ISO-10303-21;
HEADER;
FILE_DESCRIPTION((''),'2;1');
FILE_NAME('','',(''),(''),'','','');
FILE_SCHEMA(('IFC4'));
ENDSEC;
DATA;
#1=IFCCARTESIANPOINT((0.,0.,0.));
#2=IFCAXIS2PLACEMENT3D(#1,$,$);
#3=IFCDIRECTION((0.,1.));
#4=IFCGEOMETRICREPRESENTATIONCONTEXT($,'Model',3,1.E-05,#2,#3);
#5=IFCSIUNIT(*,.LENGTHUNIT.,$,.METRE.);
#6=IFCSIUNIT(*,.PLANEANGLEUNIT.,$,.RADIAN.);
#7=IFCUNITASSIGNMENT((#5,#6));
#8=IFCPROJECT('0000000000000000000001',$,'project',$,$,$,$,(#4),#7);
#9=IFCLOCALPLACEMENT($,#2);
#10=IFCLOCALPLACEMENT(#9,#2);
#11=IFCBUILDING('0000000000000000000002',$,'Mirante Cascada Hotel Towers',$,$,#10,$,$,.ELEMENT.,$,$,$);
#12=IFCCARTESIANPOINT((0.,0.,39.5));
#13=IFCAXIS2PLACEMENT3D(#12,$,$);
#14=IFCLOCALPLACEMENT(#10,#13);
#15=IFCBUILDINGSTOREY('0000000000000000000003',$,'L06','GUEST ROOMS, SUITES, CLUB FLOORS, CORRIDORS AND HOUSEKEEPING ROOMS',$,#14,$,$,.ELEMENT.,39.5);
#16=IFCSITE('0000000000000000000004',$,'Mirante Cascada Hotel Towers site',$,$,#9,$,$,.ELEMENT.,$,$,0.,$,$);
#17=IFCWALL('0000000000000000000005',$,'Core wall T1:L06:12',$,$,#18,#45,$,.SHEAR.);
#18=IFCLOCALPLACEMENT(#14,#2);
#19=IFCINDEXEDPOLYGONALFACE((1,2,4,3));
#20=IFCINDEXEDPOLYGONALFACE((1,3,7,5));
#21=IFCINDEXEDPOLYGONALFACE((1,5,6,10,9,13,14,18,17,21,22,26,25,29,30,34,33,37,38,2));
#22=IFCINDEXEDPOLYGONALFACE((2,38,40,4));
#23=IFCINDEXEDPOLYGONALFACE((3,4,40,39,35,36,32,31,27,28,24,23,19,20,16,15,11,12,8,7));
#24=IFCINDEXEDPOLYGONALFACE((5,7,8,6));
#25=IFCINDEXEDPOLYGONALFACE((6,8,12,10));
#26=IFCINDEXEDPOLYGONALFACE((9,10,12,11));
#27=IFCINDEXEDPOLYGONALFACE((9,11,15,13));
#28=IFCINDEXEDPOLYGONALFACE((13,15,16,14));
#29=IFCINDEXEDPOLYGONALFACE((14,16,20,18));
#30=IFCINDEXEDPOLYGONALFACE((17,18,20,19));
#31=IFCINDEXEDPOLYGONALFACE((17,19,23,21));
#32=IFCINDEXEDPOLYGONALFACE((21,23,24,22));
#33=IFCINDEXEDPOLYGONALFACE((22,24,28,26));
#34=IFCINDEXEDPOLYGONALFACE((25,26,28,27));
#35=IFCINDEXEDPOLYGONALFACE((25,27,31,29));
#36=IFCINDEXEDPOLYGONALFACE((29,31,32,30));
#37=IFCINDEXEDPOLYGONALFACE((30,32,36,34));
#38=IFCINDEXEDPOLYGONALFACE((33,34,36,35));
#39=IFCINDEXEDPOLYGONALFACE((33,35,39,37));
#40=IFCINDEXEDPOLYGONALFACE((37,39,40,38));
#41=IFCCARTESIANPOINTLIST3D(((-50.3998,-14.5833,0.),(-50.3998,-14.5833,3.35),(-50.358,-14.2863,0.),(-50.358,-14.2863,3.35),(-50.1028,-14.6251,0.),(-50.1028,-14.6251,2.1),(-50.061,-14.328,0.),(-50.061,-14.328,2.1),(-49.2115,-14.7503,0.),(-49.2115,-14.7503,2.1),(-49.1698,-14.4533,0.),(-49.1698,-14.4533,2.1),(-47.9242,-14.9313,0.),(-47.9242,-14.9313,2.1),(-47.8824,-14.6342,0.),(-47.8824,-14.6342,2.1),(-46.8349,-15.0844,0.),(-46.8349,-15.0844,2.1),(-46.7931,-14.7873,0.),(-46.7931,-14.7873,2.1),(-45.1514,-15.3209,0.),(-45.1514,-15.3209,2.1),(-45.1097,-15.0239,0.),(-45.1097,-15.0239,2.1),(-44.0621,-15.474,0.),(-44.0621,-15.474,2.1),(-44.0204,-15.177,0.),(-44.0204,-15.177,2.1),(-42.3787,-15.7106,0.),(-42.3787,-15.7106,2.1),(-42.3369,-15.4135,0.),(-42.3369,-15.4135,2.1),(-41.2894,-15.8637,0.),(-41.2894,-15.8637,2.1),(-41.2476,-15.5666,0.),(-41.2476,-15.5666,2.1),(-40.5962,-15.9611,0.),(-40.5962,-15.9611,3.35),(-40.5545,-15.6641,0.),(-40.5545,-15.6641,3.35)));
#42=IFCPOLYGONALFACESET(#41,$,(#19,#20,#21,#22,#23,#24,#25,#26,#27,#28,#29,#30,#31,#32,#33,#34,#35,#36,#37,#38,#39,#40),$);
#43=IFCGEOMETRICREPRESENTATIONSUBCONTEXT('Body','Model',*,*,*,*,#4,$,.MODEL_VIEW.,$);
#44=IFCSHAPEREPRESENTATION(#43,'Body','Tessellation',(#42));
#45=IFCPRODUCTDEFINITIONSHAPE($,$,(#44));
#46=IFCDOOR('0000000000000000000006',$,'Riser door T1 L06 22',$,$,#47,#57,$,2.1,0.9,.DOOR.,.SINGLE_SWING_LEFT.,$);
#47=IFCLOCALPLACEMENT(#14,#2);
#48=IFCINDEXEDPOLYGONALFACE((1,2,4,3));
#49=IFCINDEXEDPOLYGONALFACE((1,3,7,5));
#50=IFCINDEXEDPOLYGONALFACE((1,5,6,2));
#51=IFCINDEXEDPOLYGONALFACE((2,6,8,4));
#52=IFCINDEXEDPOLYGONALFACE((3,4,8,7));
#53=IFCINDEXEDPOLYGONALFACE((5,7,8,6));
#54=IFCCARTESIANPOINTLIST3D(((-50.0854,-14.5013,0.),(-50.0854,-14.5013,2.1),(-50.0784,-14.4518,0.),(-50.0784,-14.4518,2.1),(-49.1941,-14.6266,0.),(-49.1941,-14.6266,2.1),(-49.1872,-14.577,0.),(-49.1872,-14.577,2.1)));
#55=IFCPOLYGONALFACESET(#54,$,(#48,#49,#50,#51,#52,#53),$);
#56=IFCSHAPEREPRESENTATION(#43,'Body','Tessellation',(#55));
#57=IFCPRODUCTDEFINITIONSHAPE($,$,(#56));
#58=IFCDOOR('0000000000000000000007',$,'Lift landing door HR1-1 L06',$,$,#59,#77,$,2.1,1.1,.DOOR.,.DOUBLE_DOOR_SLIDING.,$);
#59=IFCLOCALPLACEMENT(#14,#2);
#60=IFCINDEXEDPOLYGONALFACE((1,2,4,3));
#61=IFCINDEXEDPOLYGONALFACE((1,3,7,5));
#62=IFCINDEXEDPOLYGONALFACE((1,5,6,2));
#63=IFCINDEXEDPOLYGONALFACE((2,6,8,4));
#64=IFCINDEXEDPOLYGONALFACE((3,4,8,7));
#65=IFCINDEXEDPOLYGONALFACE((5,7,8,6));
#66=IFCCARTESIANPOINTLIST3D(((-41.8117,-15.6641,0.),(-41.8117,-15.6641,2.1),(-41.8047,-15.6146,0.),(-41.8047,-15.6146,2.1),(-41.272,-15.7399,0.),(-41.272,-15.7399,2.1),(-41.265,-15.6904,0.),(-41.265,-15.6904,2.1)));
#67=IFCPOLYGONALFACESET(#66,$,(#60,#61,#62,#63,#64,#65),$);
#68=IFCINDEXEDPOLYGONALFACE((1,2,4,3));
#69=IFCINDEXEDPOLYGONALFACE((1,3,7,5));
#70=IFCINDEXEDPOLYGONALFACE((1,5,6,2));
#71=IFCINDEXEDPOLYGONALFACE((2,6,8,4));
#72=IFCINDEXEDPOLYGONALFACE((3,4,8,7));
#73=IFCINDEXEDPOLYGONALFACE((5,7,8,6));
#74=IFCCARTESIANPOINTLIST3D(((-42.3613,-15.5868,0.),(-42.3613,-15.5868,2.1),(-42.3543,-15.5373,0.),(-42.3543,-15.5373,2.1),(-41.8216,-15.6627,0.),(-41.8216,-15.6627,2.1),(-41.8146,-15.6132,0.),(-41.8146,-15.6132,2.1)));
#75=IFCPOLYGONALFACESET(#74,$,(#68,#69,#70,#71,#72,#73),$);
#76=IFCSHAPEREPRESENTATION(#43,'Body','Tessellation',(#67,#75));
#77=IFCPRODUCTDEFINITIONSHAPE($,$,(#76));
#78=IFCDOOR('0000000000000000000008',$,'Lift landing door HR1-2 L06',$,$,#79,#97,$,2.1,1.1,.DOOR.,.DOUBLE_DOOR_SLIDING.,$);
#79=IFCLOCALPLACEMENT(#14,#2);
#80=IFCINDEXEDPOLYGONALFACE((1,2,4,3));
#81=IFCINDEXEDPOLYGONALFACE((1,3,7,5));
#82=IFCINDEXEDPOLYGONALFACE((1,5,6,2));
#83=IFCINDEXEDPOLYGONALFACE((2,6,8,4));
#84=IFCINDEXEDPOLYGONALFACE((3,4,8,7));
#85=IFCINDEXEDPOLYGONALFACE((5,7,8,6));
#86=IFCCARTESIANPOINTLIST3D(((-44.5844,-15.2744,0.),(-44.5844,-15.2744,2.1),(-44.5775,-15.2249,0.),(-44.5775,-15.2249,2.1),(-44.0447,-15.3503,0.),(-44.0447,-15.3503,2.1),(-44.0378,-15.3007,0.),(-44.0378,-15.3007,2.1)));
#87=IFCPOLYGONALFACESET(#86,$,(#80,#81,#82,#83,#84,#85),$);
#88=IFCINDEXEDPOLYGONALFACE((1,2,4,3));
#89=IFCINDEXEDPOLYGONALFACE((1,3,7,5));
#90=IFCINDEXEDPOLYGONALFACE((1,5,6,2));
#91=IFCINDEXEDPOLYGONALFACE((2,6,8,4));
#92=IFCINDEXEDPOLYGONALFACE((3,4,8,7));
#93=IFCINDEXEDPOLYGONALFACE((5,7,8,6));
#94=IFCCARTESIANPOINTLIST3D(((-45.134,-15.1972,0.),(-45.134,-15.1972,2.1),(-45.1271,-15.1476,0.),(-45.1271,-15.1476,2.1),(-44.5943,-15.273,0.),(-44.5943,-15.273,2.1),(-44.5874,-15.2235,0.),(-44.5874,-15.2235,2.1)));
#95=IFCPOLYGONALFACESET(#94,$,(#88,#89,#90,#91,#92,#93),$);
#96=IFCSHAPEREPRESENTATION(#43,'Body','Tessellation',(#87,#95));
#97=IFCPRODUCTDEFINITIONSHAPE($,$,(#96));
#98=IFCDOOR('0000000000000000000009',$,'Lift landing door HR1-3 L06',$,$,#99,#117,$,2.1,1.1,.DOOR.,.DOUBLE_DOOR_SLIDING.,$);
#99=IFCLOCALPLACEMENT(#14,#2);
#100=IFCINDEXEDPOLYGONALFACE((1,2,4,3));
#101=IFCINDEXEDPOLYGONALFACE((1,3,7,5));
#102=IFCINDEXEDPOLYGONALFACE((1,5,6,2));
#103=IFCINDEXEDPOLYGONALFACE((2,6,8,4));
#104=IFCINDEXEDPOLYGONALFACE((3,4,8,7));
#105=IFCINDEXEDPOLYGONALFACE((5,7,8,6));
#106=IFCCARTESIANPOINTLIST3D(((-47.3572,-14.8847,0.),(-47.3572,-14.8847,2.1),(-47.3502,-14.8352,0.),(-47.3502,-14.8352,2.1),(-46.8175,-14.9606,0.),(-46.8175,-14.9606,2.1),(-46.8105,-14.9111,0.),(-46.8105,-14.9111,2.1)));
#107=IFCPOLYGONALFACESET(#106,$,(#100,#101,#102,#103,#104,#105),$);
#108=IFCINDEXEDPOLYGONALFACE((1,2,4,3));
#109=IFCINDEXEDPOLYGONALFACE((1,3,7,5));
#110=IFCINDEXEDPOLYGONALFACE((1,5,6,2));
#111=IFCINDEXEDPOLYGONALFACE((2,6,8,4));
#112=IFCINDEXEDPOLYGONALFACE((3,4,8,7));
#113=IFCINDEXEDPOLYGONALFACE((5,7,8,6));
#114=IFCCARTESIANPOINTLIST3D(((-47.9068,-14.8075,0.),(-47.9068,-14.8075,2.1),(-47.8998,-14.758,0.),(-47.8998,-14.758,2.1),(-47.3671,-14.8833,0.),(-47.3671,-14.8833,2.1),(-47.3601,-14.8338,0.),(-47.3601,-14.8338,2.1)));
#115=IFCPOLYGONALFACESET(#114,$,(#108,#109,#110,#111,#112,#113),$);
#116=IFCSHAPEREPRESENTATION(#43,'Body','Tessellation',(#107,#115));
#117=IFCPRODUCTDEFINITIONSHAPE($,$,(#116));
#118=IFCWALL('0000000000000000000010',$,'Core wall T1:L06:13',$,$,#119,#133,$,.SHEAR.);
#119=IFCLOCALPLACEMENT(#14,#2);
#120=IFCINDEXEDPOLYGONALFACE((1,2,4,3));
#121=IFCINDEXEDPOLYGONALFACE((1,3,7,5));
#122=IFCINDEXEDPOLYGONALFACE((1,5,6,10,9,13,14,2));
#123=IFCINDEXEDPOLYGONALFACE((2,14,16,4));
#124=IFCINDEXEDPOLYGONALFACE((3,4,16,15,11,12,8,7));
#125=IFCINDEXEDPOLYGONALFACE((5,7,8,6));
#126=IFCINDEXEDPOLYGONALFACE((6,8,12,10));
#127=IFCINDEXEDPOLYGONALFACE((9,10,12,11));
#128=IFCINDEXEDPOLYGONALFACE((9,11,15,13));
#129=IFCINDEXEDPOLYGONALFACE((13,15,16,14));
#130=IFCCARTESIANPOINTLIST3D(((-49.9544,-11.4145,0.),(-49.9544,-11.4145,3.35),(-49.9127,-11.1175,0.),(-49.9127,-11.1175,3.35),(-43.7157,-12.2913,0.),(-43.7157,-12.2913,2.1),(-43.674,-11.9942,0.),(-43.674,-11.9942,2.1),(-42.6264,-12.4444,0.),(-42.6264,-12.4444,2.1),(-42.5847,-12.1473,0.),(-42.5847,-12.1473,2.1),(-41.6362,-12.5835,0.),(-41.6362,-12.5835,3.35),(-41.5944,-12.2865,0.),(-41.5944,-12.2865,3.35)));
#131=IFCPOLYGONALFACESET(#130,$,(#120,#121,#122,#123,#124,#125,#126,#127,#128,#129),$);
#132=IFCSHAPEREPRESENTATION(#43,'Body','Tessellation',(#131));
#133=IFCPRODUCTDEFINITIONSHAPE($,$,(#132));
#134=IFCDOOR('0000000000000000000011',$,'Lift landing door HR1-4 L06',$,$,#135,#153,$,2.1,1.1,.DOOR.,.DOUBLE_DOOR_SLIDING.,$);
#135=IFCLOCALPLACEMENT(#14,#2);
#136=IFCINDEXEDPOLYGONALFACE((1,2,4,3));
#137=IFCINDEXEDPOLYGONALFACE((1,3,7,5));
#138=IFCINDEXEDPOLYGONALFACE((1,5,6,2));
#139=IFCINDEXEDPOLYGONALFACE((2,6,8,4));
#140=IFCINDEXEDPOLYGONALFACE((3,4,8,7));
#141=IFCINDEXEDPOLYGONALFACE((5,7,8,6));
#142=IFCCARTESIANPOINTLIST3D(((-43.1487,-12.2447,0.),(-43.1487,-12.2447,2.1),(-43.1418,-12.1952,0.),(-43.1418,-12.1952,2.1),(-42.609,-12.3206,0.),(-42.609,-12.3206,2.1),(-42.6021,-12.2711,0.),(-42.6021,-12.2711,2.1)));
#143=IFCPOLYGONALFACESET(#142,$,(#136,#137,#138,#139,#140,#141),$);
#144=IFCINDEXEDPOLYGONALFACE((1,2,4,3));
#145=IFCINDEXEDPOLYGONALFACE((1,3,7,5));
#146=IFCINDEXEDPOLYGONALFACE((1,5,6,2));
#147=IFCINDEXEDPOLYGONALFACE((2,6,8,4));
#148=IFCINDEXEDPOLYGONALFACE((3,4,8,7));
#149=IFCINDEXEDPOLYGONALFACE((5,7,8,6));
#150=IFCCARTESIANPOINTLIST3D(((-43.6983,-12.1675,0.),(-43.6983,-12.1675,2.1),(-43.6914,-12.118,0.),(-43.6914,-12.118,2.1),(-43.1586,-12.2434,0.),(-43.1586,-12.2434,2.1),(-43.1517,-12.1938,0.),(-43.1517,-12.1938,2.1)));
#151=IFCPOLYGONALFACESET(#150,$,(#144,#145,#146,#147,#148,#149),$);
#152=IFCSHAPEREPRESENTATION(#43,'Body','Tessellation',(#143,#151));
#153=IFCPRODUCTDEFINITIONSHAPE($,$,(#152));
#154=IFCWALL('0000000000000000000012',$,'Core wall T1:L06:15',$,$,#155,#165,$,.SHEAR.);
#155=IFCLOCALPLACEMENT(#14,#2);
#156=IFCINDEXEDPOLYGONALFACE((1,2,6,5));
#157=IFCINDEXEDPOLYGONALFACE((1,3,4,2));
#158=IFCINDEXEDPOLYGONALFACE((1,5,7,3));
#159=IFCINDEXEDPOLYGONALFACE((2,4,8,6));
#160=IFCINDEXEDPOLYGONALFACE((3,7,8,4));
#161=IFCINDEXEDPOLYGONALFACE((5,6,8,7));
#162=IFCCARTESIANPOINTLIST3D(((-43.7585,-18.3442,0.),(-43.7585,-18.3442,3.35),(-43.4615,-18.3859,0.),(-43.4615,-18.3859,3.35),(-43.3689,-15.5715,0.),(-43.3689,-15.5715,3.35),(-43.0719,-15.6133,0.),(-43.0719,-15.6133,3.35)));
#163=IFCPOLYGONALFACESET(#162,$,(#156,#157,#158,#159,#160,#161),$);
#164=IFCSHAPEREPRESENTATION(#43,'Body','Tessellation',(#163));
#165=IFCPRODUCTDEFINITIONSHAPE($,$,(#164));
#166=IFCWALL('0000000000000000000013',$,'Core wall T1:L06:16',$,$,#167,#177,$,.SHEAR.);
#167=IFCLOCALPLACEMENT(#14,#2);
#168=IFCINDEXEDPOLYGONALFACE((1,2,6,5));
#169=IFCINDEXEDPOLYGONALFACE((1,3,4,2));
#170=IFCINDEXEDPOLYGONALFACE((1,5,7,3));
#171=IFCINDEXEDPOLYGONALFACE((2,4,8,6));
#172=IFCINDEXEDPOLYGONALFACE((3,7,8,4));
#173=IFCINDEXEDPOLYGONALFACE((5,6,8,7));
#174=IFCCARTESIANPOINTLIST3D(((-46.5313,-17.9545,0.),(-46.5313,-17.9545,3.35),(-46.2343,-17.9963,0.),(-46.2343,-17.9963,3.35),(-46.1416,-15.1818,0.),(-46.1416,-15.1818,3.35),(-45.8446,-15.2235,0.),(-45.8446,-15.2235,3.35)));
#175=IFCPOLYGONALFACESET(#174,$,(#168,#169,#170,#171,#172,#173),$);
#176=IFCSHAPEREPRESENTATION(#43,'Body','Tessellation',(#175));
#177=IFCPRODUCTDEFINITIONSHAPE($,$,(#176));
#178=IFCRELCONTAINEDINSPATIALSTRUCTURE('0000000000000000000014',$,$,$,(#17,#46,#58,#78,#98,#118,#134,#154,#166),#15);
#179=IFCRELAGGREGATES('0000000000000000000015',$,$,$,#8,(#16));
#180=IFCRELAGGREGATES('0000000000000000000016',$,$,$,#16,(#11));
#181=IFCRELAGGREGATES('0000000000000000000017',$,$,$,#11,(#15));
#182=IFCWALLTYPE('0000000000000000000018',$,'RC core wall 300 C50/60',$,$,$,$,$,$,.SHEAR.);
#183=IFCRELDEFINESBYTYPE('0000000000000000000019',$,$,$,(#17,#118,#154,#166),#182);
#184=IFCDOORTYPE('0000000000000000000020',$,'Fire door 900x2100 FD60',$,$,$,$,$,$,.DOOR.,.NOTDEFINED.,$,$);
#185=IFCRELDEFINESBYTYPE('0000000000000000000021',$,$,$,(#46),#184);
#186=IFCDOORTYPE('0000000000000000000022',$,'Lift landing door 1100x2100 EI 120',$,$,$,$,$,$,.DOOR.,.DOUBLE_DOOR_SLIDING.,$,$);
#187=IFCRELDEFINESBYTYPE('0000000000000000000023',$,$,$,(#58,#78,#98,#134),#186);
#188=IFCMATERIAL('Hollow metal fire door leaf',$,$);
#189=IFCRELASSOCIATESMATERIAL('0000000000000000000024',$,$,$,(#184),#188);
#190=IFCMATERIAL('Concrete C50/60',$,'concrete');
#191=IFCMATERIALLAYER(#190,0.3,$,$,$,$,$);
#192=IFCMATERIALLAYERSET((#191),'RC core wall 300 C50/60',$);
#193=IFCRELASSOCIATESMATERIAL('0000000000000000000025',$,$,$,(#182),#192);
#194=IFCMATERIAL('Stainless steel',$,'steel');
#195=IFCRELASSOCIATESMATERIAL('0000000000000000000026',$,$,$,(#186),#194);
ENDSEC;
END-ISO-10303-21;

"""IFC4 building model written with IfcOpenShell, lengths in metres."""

from ifc_helpers import new_model, si_unit, direction, frame, frame_2d, origin, place, context, subcontext, project, spatial, rectangle, extrude, material, layer, layer_set, type_object, element, fill, save


model = new_model("IFC4")

# Units and contexts
model_context = context("Model", 3, precision=1e-05, world=origin(), true_north=direction((0.0, 1.0)))
body_context = subcontext(model_context, "Body", "Model", "MODEL_VIEW")
ifc_project = project(units=[si_unit("LENGTHUNIT", "METRE"), si_unit("PLANEANGLEUNIT", "RADIAN")], contexts=[model_context])

# Site, building, storey
site_placement = place(None, origin())
site = spatial("IfcSite", under=ifc_project, at=site_placement, Name="Mirante Cascada Hotel Towers site", CompositionType="ELEMENT", RefElevation=0.0)
building_placement = place(site_placement, origin())
building = spatial("IfcBuilding", under=site, at=building_placement, Name="Mirante Cascada Hotel Towers", CompositionType="ELEMENT")
storey_placement = place(building_placement, frame((0.0, 0.0, 39.5)))
storey = spatial("IfcBuildingStorey", under=building, at=storey_placement, Name="L06", Description="GUEST ROOMS, SUITES, CLUB FLOORS, CORRIDORS AND HOUSEKEEPING ROOMS", CompositionType="ELEMENT", Elevation=39.5)

# Shared definitions
ifc_material_1 = material(Name="Hollow metal fire door leaf")
door_type_1 = type_object("IfcDoorType", Name="Fire door 900x2100 FD60", OperationType="NOTDEFINED", PredefinedType="DOOR", material=ifc_material_1)

# Shared definitions
ifc_material_2 = material(Name="Concrete C50/60", Category="concrete")
ifc_layer_1 = layer(ifc_material_2, 0.3)
ifc_layer_set_1 = layer_set([ifc_layer_1], Name="RC core wall 300 C50/60")
wall_type_1 = type_object("IfcWallType", Name="RC core wall 300 C50/60", PredefinedType="SHEAR", material=ifc_layer_set_1)

# Wall, openings, doors
wall_1_placement = place(storey_placement, frame((-40.5753, -15.8126, 0.0), z_axis=(0.0, 0.0, 1.0), x_axis=(-0.990268, 0.139173, 0.0)))
wall_1 = element("IfcWall", 1, at=wall_1_placement, inside=storey, type_object=wall_type_1, Name="Core wall T1:L06:12", PredefinedType="SHEAR", context=body_context, shape_type="SweptSolid", body=[
    extrude(rectangle(XDim=9.8999, YDim=0.3, at=frame_2d((4.95, 0.0))), origin(), (0.0, 0.0, 1.0), 3.35),
])
opening_1_placement = place(wall_1_placement, frame((0.7, 0.0, 0.0)))
opening_1 = element("IfcOpeningElement", 2, at=opening_1_placement, cuts=wall_1, PredefinedType="OPENING", context=body_context, shape_type="SweptSolid", body=[
    extrude(rectangle(XDim=1.1, YDim=2.1, at=frame_2d((0.55, 1.05))), frame((0.0, 0.15, 0.0), z_axis=(0.0, -1.0, 0.0), x_axis=(1.0, 0.0, 0.0)), (0.0, 0.0, 1.0), 0.3),
])
opening_2_placement = place(wall_1_placement, frame((3.5, 0.0, 0.0)))
opening_2 = element("IfcOpeningElement", 3, at=opening_2_placement, cuts=wall_1, PredefinedType="OPENING", context=body_context, shape_type="SweptSolid", body=[
    extrude(rectangle(XDim=1.1, YDim=2.1, at=frame_2d((0.55, 1.05))), frame((0.0, 0.15, 0.0), z_axis=(0.0, -1.0, 0.0), x_axis=(1.0, 0.0, 0.0)), (0.0, 0.0, 1.0), 0.3),
])
opening_3_placement = place(wall_1_placement, frame((6.3, 0.0, 0.0)))
opening_3 = element("IfcOpeningElement", 4, at=opening_3_placement, cuts=wall_1, PredefinedType="OPENING", context=body_context, shape_type="SweptSolid", body=[
    extrude(rectangle(XDim=1.1, YDim=2.1, at=frame_2d((0.55, 1.05))), frame((0.0, 0.15, 0.0), z_axis=(0.0, -1.0, 0.0), x_axis=(1.0, 0.0, 0.0)), (0.0, 0.0, 1.0), 0.3),
])
opening_4_placement = place(wall_1_placement, frame((8.7, 0.0, 0.0)))
opening_4 = element("IfcOpeningElement", 5, at=opening_4_placement, cuts=wall_1, PredefinedType="OPENING", context=body_context, shape_type="SweptSolid", body=[
    extrude(rectangle(XDim=0.9, YDim=2.1, at=frame_2d((0.45, 1.05))), frame((0.0, 0.15, 0.0), z_axis=(0.0, -1.0, 0.0), x_axis=(1.0, 0.0, 0.0)), (0.0, 0.0, 1.0), 0.3),
])
door_1_placement = place(opening_4_placement, origin())
door_1 = element("IfcDoor", 6, at=door_1_placement, inside=storey, type_object=door_type_1, Name="Riser door T1 L06 22", OperationType="SINGLE_SWING_LEFT", OverallHeight=2.1, OverallWidth=0.9, PredefinedType="DOOR", context=body_context, shape_type="SweptSolid", body=[
    extrude(rectangle(XDim=0.9, YDim=2.1, at=frame_2d((0.45, 1.05))), frame((0.0, 0.025, 0.0), z_axis=(0.0, -1.0, 0.0), x_axis=(1.0, 0.0, 0.0)), (0.0, 0.0, 1.0), 0.05),
])
fill(opening_4, door_1)
ifc_material_3 = material(Name="Stainless steel", Category="steel")
door_type_2 = type_object("IfcDoorType", Name="Lift landing door 1100x2100 EI 120", OperationType="DOUBLE_DOOR_SLIDING", PredefinedType="DOOR", material=ifc_material_3)
door_2_placement = place(opening_1_placement, origin())
door_2 = element("IfcDoor", 7, at=door_2_placement, inside=storey, type_object=door_type_2, Name="Lift landing door HR1-1 L06", OperationType="DOUBLE_DOOR_SLIDING", OverallHeight=2.1, OverallWidth=1.1, PredefinedType="DOOR", context=body_context, shape_type="SweptSolid", body=[
    extrude(rectangle(XDim=0.545, YDim=2.1, at=frame_2d((0.2725, 1.05))), frame((0.0, 0.025, 0.0), z_axis=(0.0, -1.0, 0.0), x_axis=(1.0, 0.0, 0.0)), (0.0, 0.0, 1.0), 0.05),
    extrude(rectangle(XDim=0.545, YDim=2.1, at=frame_2d((0.8275, 1.05))), frame((0.0, 0.025, 0.0), z_axis=(0.0, -1.0, 0.0), x_axis=(1.0, 0.0, 0.0)), (0.0, 0.0, 1.0), 0.05),
])
fill(opening_1, door_2)
door_3_placement = place(opening_2_placement, origin())
door_3 = element("IfcDoor", 8, at=door_3_placement, inside=storey, type_object=door_type_2, Name="Lift landing door HR1-2 L06", OperationType="DOUBLE_DOOR_SLIDING", OverallHeight=2.1, OverallWidth=1.1, PredefinedType="DOOR", context=body_context, shape_type="SweptSolid", body=[
    extrude(rectangle(XDim=0.545, YDim=2.1, at=frame_2d((0.2725, 1.05))), frame((0.0, 0.025, 0.0), z_axis=(0.0, -1.0, 0.0), x_axis=(1.0, 0.0, 0.0)), (0.0, 0.0, 1.0), 0.05),
    extrude(rectangle(XDim=0.545, YDim=2.1, at=frame_2d((0.8275, 1.05))), frame((0.0, 0.025, 0.0), z_axis=(0.0, -1.0, 0.0), x_axis=(1.0, 0.0, 0.0)), (0.0, 0.0, 1.0), 0.05),
])
fill(opening_2, door_3)
door_4_placement = place(opening_3_placement, origin())
door_4 = element("IfcDoor", 9, at=door_4_placement, inside=storey, type_object=door_type_2, Name="Lift landing door HR1-3 L06", OperationType="DOUBLE_DOOR_SLIDING", OverallHeight=2.1, OverallWidth=1.1, PredefinedType="DOOR", context=body_context, shape_type="SweptSolid", body=[
    extrude(rectangle(XDim=0.545, YDim=2.1, at=frame_2d((0.2725, 1.05))), frame((0.0, 0.025, 0.0), z_axis=(0.0, -1.0, 0.0), x_axis=(1.0, 0.0, 0.0)), (0.0, 0.0, 1.0), 0.05),
    extrude(rectangle(XDim=0.545, YDim=2.1, at=frame_2d((0.8275, 1.05))), frame((0.0, 0.025, 0.0), z_axis=(0.0, -1.0, 0.0), x_axis=(1.0, 0.0, 0.0)), (0.0, 0.0, 1.0), 0.05),
])
fill(opening_3, door_4)

# Wall, opening, door
wall_2_placement = place(storey_placement, frame((-41.6153, -12.435, 0.0), z_axis=(0.0, 0.0, 1.0), x_axis=(-0.990269, 0.139166, 0.0)))
wall_2 = element("IfcWall", 10, at=wall_2_placement, inside=storey, type_object=wall_type_1, Name="Core wall T1:L06:13", PredefinedType="SHEAR", context=body_context, shape_type="SweptSolid", body=[
    extrude(rectangle(XDim=8.4, YDim=0.3, at=frame_2d((4.2, 0.0))), origin(), (0.0, 0.0, 1.0), 3.35),
])
opening_5_placement = place(wall_2_placement, frame((1.0, 0.0, 0.0)))
opening_5 = element("IfcOpeningElement", 11, at=opening_5_placement, cuts=wall_2, PredefinedType="OPENING", context=body_context, shape_type="SweptSolid", body=[
    extrude(rectangle(XDim=1.1, YDim=2.1, at=frame_2d((0.55, 1.05))), frame((0.0, 0.15, 0.0), z_axis=(0.0, -1.0, 0.0), x_axis=(1.0, 0.0, 0.0)), (0.0, 0.0, 1.0), 0.3),
])
door_5_placement = place(opening_5_placement, origin())
door_5 = element("IfcDoor", 12, at=door_5_placement, inside=storey, type_object=door_type_2, Name="Lift landing door HR1-4 L06", OperationType="DOUBLE_DOOR_SLIDING", OverallHeight=2.1, OverallWidth=1.1, PredefinedType="DOOR", context=body_context, shape_type="SweptSolid", body=[
    extrude(rectangle(XDim=0.545, YDim=2.1, at=frame_2d((0.2725, 1.05))), frame((0.0, 0.025, 0.0), z_axis=(0.0, -1.0, 0.0), x_axis=(1.0, 0.0, 0.0)), (0.0, 0.0, 1.0), 0.05),
    extrude(rectangle(XDim=0.545, YDim=2.1, at=frame_2d((0.8275, 1.05))), frame((0.0, 0.025, 0.0), z_axis=(0.0, -1.0, 0.0), x_axis=(1.0, 0.0, 0.0)), (0.0, 0.0, 1.0), 0.05),
])
fill(opening_5, door_5)

# Walls
wall_3_placement = place(storey_placement, frame((-43.61, -18.3651, 0.0), z_axis=(0.0, 0.0, 1.0), x_axis=(0.139146, 0.990272, 0.0)))
element("IfcWall", 13, at=wall_3_placement, inside=storey, type_object=wall_type_1, Name="Core wall T1:L06:15", PredefinedType="SHEAR", context=body_context, shape_type="SweptSolid", body=[
    extrude(rectangle(XDim=2.7999, YDim=0.3, at=frame_2d((1.4, 0.0))), origin(), (0.0, 0.0, 1.0), 3.35),
])
wall_4_placement = place(storey_placement, frame((-46.3828, -17.9754, 0.0), z_axis=(0.0, 0.0, 1.0), x_axis=(0.139181, 0.990267, 0.0)))
element("IfcWall", 14, at=wall_4_placement, inside=storey, type_object=wall_type_1, Name="Core wall T1:L06:16", PredefinedType="SHEAR", context=body_context, shape_type="SweptSolid", body=[
    extrude(rectangle(XDim=2.8, YDim=0.3, at=frame_2d((1.4, 0.0))), origin(), (0.0, 0.0, 1.0), 3.35),
])

save(model, "model.ifc")
